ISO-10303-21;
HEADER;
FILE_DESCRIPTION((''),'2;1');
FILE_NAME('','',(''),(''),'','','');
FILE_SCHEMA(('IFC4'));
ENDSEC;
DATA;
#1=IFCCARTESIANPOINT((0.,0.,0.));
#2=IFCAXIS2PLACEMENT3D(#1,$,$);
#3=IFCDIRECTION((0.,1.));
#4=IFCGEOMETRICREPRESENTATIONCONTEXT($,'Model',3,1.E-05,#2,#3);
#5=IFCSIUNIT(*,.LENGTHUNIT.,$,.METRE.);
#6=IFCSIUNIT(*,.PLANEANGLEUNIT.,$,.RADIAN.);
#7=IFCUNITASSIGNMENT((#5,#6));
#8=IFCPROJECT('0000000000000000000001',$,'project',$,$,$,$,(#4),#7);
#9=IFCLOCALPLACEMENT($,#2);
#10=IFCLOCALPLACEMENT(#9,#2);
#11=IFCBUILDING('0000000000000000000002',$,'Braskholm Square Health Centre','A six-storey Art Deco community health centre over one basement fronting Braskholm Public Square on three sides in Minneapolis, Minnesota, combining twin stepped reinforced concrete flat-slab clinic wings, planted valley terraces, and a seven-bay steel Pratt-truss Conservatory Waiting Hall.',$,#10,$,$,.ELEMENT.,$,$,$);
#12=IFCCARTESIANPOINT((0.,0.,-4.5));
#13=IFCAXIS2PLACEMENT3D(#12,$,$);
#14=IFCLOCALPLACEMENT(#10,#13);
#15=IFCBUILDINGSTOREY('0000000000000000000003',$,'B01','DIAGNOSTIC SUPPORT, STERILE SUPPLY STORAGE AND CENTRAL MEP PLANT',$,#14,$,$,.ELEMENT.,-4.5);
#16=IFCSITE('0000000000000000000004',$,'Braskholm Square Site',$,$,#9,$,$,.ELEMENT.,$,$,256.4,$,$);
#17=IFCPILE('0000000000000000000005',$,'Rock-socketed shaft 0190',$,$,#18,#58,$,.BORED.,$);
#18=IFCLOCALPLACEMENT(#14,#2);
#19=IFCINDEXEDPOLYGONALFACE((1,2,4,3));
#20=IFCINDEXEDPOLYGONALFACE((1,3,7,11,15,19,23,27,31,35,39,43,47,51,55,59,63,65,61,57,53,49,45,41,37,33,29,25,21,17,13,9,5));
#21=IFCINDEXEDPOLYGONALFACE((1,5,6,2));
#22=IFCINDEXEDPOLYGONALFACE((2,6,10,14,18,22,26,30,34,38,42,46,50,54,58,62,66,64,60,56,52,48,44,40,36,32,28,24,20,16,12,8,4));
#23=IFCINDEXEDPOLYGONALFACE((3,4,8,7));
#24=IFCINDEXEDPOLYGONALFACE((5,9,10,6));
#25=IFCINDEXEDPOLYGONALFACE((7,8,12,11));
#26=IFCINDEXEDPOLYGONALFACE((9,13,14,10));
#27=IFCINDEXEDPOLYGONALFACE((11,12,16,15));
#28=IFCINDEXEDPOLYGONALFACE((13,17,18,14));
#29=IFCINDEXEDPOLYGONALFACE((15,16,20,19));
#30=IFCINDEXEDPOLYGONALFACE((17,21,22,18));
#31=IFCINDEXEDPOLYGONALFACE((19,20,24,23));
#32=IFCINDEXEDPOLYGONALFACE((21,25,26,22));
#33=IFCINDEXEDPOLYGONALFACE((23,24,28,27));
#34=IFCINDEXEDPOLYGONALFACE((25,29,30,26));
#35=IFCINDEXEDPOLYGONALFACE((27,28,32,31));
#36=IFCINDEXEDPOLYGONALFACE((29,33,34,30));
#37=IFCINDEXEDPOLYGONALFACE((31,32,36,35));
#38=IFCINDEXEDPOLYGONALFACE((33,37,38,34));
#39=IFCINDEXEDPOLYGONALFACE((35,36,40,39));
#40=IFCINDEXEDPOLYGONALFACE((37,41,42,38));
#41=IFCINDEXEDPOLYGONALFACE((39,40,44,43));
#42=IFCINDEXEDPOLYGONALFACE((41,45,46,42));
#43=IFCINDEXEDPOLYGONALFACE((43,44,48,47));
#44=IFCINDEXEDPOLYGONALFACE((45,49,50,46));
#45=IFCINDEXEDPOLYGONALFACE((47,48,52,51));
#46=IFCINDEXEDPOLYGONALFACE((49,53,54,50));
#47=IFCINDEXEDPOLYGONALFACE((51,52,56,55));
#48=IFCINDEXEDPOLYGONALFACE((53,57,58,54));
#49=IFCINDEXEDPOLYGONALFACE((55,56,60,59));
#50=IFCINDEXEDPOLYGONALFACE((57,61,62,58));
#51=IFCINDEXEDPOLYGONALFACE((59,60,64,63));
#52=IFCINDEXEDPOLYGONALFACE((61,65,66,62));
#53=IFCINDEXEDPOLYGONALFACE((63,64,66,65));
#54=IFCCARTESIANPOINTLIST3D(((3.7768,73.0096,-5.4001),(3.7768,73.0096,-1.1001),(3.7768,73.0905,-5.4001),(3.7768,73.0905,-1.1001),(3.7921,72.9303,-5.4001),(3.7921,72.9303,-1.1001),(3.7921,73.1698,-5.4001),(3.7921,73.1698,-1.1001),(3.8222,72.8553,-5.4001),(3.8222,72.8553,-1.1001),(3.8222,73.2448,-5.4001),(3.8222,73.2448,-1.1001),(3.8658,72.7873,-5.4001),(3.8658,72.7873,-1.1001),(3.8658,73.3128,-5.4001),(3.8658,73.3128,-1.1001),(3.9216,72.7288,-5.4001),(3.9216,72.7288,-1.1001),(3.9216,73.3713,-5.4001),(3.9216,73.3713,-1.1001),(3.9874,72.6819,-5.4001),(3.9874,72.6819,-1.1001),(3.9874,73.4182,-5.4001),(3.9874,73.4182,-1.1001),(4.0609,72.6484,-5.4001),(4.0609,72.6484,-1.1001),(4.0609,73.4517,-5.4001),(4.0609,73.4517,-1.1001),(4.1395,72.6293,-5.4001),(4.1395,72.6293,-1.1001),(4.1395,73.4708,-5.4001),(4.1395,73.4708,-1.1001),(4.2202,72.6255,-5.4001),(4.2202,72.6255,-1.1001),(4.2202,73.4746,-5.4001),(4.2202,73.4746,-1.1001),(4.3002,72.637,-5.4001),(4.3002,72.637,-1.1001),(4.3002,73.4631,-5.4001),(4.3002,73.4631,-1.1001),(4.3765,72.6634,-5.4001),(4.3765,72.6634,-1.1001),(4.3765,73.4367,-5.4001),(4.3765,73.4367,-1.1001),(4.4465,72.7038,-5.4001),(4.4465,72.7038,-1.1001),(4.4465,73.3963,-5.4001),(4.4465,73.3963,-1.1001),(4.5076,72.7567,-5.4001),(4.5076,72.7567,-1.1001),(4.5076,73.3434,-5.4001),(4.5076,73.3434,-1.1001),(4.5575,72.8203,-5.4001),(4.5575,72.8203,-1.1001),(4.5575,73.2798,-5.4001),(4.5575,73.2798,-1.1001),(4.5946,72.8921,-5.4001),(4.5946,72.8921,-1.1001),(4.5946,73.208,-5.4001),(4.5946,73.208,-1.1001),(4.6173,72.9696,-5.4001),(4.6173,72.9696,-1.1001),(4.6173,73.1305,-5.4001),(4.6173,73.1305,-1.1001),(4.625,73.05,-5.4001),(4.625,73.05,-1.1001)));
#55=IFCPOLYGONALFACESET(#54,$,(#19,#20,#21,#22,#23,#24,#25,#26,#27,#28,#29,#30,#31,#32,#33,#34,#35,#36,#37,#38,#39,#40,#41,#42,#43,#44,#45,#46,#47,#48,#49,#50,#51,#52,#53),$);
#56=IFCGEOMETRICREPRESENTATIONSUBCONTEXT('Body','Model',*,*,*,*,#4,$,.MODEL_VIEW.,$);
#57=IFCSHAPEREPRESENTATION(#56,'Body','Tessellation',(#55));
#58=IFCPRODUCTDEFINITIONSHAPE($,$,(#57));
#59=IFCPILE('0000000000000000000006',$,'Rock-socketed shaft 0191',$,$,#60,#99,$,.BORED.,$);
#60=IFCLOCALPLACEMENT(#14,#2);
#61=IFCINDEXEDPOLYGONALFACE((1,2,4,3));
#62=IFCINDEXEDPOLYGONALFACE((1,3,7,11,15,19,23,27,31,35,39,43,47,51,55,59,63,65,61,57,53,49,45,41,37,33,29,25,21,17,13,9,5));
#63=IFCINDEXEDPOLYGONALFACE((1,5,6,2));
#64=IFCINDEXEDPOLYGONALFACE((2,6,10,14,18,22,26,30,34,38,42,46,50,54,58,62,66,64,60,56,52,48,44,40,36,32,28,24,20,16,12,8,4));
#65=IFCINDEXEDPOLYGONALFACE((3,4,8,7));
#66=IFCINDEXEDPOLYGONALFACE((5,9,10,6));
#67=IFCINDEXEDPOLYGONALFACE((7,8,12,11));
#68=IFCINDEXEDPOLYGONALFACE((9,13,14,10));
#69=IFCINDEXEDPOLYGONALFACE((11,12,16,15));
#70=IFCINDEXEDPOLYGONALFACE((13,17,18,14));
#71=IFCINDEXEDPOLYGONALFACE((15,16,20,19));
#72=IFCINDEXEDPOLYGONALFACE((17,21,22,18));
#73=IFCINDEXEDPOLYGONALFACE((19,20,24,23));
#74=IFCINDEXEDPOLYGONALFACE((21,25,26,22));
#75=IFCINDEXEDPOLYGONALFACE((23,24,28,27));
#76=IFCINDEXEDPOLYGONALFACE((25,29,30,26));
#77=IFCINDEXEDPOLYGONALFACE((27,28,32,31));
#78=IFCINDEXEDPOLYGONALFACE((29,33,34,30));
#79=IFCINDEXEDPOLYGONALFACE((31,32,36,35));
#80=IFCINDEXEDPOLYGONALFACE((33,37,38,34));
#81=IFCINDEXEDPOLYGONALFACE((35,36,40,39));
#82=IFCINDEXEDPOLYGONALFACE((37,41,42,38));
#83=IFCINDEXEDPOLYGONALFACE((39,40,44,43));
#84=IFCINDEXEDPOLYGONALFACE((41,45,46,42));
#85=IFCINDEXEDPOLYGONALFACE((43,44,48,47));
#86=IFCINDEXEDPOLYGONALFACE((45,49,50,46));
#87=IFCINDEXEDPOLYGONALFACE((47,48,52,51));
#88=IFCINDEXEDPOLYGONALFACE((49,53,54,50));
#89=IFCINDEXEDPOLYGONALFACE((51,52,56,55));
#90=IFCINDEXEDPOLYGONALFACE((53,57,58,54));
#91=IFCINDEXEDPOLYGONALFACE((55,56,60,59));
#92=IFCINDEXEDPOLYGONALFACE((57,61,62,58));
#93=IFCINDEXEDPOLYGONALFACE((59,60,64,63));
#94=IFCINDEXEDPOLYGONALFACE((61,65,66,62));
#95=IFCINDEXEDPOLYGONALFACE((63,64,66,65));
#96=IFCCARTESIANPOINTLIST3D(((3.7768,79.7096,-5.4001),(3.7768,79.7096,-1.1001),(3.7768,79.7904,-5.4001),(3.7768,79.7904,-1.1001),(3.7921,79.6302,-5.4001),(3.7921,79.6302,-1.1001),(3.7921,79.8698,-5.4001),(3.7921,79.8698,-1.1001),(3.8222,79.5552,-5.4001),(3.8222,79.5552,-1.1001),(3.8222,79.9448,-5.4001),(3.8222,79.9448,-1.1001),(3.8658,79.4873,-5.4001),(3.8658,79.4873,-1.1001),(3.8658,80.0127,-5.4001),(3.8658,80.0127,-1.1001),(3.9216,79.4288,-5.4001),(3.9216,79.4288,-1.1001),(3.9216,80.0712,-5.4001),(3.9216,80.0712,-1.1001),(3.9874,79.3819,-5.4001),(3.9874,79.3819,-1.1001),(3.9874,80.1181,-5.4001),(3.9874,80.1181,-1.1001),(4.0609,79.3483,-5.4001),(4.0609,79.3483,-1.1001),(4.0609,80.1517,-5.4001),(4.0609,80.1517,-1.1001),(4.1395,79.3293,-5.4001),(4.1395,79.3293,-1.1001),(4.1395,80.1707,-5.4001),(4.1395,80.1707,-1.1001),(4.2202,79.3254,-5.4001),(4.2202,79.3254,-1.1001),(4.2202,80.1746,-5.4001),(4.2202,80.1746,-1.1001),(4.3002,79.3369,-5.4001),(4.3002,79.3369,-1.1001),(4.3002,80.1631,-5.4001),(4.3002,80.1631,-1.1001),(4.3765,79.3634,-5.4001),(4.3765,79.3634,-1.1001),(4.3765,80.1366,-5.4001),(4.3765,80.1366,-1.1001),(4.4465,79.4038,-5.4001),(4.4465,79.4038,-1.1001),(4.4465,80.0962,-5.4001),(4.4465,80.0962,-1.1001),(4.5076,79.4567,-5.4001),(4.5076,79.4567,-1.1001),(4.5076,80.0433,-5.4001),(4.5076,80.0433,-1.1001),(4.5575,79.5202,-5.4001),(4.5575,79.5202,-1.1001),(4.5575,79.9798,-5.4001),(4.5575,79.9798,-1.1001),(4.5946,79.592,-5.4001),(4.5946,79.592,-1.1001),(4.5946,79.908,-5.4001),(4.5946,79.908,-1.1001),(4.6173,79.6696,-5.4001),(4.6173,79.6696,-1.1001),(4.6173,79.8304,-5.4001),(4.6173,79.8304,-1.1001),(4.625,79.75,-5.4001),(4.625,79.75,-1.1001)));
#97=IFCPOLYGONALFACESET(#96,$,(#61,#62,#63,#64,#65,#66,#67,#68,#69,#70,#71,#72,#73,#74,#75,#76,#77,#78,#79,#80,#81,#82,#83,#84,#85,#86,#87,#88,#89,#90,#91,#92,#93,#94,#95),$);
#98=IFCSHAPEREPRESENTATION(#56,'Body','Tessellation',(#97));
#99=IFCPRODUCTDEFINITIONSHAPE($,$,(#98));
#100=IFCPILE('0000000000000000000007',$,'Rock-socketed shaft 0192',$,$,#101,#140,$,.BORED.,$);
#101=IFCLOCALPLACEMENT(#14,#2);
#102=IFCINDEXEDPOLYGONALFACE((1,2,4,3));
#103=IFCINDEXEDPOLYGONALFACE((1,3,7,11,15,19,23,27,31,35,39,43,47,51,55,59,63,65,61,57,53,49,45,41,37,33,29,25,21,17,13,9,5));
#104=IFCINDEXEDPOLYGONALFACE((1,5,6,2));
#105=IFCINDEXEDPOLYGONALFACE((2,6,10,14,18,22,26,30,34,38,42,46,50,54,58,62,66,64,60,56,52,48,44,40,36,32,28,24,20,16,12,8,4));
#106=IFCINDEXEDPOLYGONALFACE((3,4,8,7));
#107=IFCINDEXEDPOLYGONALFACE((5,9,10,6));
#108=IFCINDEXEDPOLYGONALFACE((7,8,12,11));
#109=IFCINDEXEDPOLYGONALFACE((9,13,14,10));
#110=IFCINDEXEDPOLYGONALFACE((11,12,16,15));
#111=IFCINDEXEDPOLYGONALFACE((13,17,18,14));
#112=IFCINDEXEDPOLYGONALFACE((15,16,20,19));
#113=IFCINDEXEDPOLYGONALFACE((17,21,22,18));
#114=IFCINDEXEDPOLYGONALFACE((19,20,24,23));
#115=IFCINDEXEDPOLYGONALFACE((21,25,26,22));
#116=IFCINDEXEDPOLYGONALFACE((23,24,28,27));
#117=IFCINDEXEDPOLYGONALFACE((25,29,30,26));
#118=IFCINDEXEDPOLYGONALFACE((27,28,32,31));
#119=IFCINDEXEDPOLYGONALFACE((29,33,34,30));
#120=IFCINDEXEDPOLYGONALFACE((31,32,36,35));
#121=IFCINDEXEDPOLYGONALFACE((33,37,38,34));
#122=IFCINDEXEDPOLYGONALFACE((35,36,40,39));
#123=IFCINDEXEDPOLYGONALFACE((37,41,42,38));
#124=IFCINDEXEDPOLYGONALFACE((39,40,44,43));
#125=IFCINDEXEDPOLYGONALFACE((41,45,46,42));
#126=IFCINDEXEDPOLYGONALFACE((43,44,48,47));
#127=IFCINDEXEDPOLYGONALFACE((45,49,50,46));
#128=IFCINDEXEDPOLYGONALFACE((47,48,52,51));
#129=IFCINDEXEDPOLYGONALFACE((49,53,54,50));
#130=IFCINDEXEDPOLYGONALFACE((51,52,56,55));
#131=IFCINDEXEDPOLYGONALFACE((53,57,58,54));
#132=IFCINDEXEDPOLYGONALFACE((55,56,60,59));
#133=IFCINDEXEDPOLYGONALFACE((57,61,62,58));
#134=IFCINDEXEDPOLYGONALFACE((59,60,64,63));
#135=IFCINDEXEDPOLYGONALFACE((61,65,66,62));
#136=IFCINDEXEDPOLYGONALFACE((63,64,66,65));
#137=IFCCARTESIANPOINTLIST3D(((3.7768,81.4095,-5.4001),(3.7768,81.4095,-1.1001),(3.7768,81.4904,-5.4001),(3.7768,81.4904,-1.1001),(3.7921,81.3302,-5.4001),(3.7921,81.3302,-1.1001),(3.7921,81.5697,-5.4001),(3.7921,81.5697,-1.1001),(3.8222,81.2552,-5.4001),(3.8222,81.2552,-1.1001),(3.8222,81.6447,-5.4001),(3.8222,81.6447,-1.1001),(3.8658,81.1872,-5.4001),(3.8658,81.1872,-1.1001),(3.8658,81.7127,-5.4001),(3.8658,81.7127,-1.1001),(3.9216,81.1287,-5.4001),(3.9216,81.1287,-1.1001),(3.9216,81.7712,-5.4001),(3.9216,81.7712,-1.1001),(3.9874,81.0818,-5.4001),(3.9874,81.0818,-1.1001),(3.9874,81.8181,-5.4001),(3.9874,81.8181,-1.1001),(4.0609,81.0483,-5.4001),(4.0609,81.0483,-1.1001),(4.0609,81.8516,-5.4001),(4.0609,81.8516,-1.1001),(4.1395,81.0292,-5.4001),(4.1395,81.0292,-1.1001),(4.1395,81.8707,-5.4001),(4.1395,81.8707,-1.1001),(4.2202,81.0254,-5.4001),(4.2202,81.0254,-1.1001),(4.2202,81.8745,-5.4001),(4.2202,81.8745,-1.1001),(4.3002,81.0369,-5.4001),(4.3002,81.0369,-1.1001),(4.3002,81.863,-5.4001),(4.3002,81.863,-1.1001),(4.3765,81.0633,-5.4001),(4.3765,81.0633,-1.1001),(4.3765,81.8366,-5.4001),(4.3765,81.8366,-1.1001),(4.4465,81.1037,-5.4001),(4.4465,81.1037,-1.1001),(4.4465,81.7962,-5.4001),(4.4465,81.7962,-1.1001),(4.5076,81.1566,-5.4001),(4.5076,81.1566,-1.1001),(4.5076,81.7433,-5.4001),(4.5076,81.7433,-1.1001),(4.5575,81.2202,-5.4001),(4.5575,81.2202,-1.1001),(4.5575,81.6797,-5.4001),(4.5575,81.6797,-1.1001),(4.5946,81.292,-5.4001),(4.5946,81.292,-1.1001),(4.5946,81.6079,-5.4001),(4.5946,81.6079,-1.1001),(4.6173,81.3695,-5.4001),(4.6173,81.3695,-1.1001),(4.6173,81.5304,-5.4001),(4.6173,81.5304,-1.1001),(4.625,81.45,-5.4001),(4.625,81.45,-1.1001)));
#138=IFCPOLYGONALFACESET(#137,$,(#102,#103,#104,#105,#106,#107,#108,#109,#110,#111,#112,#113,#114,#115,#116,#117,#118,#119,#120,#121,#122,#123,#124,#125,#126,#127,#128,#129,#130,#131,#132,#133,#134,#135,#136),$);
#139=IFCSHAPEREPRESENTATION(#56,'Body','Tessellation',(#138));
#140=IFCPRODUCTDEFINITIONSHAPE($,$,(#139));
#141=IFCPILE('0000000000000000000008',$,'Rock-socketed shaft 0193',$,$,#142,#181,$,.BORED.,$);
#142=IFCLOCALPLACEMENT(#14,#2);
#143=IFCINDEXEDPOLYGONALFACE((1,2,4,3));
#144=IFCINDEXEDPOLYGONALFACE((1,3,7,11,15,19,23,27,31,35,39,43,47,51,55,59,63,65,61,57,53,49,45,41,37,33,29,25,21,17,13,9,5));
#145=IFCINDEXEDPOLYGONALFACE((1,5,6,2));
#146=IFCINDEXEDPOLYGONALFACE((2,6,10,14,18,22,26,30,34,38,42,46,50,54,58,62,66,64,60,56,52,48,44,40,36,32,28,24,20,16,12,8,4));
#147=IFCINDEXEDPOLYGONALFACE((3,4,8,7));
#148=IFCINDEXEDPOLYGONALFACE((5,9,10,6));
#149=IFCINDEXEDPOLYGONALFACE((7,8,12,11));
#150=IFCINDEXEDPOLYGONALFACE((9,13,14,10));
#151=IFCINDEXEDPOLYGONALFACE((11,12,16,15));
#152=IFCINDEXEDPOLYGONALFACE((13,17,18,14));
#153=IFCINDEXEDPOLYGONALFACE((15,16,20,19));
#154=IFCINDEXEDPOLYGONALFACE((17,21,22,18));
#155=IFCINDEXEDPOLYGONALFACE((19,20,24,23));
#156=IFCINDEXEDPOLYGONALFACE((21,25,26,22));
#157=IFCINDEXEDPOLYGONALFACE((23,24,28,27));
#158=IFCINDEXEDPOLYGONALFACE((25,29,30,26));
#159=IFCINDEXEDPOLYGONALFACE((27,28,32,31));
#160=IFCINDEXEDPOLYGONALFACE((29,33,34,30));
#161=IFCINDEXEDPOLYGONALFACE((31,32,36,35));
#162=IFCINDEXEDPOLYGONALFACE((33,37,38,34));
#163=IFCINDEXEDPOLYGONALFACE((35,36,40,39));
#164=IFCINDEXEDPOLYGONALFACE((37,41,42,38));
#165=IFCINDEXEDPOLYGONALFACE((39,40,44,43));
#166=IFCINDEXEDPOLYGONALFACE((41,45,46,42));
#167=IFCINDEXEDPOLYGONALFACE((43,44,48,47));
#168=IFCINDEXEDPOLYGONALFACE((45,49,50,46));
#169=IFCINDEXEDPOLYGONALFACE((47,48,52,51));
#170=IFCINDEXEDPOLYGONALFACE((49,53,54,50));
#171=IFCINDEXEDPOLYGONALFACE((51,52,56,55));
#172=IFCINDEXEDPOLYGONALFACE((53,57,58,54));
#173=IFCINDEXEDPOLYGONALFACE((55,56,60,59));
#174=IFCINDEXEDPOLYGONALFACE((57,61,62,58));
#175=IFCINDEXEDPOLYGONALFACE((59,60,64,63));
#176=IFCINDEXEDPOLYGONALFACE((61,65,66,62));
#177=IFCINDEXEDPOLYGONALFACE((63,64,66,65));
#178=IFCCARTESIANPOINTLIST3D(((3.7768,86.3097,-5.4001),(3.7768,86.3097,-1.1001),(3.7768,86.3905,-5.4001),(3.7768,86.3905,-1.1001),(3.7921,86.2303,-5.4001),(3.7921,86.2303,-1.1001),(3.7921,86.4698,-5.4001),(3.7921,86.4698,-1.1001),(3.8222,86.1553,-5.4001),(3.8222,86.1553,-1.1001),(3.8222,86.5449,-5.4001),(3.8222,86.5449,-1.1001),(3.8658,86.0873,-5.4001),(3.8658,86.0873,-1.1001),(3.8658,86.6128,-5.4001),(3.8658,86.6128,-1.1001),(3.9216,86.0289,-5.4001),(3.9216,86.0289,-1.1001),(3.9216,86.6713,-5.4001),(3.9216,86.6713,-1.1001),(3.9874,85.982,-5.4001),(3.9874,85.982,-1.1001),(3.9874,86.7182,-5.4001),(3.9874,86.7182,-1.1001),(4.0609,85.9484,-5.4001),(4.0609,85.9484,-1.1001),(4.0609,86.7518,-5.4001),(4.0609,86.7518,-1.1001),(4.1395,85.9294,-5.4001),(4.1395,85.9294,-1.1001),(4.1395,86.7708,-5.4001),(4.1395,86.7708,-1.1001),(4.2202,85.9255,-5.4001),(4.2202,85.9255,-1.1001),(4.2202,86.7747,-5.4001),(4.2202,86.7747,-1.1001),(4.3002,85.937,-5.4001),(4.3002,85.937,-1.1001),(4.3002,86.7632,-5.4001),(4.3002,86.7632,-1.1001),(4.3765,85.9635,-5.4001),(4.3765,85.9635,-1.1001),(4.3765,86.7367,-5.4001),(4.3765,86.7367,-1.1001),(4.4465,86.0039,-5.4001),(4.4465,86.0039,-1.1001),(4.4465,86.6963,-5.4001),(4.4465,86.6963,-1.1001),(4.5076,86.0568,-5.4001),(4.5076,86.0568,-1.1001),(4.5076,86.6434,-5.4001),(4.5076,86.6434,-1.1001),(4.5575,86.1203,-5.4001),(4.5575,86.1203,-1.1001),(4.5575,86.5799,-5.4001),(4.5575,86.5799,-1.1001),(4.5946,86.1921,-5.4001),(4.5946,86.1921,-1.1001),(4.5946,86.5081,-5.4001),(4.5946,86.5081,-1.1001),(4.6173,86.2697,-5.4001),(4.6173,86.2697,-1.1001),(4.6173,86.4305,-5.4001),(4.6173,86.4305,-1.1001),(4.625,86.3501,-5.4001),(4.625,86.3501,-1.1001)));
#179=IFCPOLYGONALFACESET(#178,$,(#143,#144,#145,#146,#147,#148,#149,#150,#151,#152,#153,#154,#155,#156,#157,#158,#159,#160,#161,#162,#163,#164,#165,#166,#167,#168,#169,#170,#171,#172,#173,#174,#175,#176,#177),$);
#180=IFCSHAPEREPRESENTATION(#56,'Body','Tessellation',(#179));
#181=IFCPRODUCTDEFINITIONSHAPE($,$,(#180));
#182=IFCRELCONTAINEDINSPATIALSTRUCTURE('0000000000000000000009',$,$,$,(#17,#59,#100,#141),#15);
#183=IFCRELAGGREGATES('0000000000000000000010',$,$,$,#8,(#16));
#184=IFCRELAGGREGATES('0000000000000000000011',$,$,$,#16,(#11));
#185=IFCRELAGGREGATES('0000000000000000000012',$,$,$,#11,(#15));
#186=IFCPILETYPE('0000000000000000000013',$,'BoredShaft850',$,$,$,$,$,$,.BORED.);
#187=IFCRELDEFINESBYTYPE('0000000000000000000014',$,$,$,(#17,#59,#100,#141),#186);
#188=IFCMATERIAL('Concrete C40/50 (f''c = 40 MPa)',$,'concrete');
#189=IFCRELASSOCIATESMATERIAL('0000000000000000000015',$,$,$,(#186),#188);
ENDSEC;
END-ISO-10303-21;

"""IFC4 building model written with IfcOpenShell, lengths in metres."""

from ifc_helpers import new_model, si_unit, direction, frame, origin, origin_2d, place, context, subcontext, project, spatial, circle, extrude, material, material_profile, profile_set, type_object, element, save


model = new_model("IFC4")

# Units and contexts
model_context = context("Model", 3, precision=1e-05, world=origin(), true_north=direction((0.0, 1.0)))
body_context = subcontext(model_context, "Body", "Model", "MODEL_VIEW")
ifc_project = project(units=[si_unit("LENGTHUNIT", "METRE"), si_unit("PLANEANGLEUNIT", "RADIAN")], contexts=[model_context])

# Site, building, storey
site_placement = place(None, origin())
site = spatial("IfcSite", under=ifc_project, at=site_placement, Name="Braskholm Square Site", CompositionType="ELEMENT", RefElevation=256.4)
building_placement = place(site_placement, origin())
building = spatial("IfcBuilding", under=site, at=building_placement, Name="Braskholm Square Health Centre", Description="A six-storey Art Deco community health centre over one basement fronting Braskholm Public Square on three sides in Minneapolis, Minnesota, combining twin stepped reinforced concrete flat-slab clinic wings, planted valley terraces, and a seven-bay steel Pratt-truss Conservatory Waiting Hall.", CompositionType="ELEMENT")
storey_placement = place(building_placement, frame((0.0, 0.0, -4.5)))
storey = spatial("IfcBuildingStorey", under=building, at=storey_placement, Name="B01", Description="DIAGNOSTIC SUPPORT, STERILE SUPPLY STORAGE AND CENTRAL MEP PLANT", CompositionType="ELEMENT", Elevation=-4.5)

# Piles
ifc_material_1 = material(Name="Concrete C40/50 (f'c = 40 MPa)", Category="concrete")
ifc_material_profile_1 = material_profile(ifc_material_1, circle(Radius=0.425, at=origin_2d()), Name="BORED-PILE-850")
ifc_profile_set_1 = profile_set([ifc_material_profile_1], Name="Concrete C40/50 (f'c = 40 MPa)")
pile_type_1 = type_object("IfcPileType", Name="BoredShaft850", PredefinedType="BORED", material=ifc_profile_set_1)
for number, where, z_axis, x_axis, name in (
    (1, (4.2, 73.05, -1.1001), (0.0, 0.0, -1.0), (1.0, 0.0, 0.0), "Rock-socketed shaft 0190"),
    (2, (4.2, 79.75, -1.1001), (0.0, 0.0, -1.0), (1.0, 0.0, 0.0), "Rock-socketed shaft 0191"),
    (3, (4.2, 81.45, -1.1001), (0.0, 0.0, -1.0), (1.0, 0.0, 0.0), "Rock-socketed shaft 0192"),
    (4, (4.2, 86.3501, -1.1001), (0.0, 0.0, -1.0), (1.0, 0.0, 0.0), "Rock-socketed shaft 0193"),
):
    element("IfcPile", number, at=place(storey_placement, frame(where, z_axis=z_axis, x_axis=x_axis)), inside=storey, type_object=pile_type_1, Name=name, PredefinedType="BORED", context=body_context, shape_type="SweptSolid", body=[
        extrude(circle(Radius=0.425, at=origin_2d()), origin(), (0.0, 0.0, 1.0), 4.3),
    ])

save(model, "model.ifc")
